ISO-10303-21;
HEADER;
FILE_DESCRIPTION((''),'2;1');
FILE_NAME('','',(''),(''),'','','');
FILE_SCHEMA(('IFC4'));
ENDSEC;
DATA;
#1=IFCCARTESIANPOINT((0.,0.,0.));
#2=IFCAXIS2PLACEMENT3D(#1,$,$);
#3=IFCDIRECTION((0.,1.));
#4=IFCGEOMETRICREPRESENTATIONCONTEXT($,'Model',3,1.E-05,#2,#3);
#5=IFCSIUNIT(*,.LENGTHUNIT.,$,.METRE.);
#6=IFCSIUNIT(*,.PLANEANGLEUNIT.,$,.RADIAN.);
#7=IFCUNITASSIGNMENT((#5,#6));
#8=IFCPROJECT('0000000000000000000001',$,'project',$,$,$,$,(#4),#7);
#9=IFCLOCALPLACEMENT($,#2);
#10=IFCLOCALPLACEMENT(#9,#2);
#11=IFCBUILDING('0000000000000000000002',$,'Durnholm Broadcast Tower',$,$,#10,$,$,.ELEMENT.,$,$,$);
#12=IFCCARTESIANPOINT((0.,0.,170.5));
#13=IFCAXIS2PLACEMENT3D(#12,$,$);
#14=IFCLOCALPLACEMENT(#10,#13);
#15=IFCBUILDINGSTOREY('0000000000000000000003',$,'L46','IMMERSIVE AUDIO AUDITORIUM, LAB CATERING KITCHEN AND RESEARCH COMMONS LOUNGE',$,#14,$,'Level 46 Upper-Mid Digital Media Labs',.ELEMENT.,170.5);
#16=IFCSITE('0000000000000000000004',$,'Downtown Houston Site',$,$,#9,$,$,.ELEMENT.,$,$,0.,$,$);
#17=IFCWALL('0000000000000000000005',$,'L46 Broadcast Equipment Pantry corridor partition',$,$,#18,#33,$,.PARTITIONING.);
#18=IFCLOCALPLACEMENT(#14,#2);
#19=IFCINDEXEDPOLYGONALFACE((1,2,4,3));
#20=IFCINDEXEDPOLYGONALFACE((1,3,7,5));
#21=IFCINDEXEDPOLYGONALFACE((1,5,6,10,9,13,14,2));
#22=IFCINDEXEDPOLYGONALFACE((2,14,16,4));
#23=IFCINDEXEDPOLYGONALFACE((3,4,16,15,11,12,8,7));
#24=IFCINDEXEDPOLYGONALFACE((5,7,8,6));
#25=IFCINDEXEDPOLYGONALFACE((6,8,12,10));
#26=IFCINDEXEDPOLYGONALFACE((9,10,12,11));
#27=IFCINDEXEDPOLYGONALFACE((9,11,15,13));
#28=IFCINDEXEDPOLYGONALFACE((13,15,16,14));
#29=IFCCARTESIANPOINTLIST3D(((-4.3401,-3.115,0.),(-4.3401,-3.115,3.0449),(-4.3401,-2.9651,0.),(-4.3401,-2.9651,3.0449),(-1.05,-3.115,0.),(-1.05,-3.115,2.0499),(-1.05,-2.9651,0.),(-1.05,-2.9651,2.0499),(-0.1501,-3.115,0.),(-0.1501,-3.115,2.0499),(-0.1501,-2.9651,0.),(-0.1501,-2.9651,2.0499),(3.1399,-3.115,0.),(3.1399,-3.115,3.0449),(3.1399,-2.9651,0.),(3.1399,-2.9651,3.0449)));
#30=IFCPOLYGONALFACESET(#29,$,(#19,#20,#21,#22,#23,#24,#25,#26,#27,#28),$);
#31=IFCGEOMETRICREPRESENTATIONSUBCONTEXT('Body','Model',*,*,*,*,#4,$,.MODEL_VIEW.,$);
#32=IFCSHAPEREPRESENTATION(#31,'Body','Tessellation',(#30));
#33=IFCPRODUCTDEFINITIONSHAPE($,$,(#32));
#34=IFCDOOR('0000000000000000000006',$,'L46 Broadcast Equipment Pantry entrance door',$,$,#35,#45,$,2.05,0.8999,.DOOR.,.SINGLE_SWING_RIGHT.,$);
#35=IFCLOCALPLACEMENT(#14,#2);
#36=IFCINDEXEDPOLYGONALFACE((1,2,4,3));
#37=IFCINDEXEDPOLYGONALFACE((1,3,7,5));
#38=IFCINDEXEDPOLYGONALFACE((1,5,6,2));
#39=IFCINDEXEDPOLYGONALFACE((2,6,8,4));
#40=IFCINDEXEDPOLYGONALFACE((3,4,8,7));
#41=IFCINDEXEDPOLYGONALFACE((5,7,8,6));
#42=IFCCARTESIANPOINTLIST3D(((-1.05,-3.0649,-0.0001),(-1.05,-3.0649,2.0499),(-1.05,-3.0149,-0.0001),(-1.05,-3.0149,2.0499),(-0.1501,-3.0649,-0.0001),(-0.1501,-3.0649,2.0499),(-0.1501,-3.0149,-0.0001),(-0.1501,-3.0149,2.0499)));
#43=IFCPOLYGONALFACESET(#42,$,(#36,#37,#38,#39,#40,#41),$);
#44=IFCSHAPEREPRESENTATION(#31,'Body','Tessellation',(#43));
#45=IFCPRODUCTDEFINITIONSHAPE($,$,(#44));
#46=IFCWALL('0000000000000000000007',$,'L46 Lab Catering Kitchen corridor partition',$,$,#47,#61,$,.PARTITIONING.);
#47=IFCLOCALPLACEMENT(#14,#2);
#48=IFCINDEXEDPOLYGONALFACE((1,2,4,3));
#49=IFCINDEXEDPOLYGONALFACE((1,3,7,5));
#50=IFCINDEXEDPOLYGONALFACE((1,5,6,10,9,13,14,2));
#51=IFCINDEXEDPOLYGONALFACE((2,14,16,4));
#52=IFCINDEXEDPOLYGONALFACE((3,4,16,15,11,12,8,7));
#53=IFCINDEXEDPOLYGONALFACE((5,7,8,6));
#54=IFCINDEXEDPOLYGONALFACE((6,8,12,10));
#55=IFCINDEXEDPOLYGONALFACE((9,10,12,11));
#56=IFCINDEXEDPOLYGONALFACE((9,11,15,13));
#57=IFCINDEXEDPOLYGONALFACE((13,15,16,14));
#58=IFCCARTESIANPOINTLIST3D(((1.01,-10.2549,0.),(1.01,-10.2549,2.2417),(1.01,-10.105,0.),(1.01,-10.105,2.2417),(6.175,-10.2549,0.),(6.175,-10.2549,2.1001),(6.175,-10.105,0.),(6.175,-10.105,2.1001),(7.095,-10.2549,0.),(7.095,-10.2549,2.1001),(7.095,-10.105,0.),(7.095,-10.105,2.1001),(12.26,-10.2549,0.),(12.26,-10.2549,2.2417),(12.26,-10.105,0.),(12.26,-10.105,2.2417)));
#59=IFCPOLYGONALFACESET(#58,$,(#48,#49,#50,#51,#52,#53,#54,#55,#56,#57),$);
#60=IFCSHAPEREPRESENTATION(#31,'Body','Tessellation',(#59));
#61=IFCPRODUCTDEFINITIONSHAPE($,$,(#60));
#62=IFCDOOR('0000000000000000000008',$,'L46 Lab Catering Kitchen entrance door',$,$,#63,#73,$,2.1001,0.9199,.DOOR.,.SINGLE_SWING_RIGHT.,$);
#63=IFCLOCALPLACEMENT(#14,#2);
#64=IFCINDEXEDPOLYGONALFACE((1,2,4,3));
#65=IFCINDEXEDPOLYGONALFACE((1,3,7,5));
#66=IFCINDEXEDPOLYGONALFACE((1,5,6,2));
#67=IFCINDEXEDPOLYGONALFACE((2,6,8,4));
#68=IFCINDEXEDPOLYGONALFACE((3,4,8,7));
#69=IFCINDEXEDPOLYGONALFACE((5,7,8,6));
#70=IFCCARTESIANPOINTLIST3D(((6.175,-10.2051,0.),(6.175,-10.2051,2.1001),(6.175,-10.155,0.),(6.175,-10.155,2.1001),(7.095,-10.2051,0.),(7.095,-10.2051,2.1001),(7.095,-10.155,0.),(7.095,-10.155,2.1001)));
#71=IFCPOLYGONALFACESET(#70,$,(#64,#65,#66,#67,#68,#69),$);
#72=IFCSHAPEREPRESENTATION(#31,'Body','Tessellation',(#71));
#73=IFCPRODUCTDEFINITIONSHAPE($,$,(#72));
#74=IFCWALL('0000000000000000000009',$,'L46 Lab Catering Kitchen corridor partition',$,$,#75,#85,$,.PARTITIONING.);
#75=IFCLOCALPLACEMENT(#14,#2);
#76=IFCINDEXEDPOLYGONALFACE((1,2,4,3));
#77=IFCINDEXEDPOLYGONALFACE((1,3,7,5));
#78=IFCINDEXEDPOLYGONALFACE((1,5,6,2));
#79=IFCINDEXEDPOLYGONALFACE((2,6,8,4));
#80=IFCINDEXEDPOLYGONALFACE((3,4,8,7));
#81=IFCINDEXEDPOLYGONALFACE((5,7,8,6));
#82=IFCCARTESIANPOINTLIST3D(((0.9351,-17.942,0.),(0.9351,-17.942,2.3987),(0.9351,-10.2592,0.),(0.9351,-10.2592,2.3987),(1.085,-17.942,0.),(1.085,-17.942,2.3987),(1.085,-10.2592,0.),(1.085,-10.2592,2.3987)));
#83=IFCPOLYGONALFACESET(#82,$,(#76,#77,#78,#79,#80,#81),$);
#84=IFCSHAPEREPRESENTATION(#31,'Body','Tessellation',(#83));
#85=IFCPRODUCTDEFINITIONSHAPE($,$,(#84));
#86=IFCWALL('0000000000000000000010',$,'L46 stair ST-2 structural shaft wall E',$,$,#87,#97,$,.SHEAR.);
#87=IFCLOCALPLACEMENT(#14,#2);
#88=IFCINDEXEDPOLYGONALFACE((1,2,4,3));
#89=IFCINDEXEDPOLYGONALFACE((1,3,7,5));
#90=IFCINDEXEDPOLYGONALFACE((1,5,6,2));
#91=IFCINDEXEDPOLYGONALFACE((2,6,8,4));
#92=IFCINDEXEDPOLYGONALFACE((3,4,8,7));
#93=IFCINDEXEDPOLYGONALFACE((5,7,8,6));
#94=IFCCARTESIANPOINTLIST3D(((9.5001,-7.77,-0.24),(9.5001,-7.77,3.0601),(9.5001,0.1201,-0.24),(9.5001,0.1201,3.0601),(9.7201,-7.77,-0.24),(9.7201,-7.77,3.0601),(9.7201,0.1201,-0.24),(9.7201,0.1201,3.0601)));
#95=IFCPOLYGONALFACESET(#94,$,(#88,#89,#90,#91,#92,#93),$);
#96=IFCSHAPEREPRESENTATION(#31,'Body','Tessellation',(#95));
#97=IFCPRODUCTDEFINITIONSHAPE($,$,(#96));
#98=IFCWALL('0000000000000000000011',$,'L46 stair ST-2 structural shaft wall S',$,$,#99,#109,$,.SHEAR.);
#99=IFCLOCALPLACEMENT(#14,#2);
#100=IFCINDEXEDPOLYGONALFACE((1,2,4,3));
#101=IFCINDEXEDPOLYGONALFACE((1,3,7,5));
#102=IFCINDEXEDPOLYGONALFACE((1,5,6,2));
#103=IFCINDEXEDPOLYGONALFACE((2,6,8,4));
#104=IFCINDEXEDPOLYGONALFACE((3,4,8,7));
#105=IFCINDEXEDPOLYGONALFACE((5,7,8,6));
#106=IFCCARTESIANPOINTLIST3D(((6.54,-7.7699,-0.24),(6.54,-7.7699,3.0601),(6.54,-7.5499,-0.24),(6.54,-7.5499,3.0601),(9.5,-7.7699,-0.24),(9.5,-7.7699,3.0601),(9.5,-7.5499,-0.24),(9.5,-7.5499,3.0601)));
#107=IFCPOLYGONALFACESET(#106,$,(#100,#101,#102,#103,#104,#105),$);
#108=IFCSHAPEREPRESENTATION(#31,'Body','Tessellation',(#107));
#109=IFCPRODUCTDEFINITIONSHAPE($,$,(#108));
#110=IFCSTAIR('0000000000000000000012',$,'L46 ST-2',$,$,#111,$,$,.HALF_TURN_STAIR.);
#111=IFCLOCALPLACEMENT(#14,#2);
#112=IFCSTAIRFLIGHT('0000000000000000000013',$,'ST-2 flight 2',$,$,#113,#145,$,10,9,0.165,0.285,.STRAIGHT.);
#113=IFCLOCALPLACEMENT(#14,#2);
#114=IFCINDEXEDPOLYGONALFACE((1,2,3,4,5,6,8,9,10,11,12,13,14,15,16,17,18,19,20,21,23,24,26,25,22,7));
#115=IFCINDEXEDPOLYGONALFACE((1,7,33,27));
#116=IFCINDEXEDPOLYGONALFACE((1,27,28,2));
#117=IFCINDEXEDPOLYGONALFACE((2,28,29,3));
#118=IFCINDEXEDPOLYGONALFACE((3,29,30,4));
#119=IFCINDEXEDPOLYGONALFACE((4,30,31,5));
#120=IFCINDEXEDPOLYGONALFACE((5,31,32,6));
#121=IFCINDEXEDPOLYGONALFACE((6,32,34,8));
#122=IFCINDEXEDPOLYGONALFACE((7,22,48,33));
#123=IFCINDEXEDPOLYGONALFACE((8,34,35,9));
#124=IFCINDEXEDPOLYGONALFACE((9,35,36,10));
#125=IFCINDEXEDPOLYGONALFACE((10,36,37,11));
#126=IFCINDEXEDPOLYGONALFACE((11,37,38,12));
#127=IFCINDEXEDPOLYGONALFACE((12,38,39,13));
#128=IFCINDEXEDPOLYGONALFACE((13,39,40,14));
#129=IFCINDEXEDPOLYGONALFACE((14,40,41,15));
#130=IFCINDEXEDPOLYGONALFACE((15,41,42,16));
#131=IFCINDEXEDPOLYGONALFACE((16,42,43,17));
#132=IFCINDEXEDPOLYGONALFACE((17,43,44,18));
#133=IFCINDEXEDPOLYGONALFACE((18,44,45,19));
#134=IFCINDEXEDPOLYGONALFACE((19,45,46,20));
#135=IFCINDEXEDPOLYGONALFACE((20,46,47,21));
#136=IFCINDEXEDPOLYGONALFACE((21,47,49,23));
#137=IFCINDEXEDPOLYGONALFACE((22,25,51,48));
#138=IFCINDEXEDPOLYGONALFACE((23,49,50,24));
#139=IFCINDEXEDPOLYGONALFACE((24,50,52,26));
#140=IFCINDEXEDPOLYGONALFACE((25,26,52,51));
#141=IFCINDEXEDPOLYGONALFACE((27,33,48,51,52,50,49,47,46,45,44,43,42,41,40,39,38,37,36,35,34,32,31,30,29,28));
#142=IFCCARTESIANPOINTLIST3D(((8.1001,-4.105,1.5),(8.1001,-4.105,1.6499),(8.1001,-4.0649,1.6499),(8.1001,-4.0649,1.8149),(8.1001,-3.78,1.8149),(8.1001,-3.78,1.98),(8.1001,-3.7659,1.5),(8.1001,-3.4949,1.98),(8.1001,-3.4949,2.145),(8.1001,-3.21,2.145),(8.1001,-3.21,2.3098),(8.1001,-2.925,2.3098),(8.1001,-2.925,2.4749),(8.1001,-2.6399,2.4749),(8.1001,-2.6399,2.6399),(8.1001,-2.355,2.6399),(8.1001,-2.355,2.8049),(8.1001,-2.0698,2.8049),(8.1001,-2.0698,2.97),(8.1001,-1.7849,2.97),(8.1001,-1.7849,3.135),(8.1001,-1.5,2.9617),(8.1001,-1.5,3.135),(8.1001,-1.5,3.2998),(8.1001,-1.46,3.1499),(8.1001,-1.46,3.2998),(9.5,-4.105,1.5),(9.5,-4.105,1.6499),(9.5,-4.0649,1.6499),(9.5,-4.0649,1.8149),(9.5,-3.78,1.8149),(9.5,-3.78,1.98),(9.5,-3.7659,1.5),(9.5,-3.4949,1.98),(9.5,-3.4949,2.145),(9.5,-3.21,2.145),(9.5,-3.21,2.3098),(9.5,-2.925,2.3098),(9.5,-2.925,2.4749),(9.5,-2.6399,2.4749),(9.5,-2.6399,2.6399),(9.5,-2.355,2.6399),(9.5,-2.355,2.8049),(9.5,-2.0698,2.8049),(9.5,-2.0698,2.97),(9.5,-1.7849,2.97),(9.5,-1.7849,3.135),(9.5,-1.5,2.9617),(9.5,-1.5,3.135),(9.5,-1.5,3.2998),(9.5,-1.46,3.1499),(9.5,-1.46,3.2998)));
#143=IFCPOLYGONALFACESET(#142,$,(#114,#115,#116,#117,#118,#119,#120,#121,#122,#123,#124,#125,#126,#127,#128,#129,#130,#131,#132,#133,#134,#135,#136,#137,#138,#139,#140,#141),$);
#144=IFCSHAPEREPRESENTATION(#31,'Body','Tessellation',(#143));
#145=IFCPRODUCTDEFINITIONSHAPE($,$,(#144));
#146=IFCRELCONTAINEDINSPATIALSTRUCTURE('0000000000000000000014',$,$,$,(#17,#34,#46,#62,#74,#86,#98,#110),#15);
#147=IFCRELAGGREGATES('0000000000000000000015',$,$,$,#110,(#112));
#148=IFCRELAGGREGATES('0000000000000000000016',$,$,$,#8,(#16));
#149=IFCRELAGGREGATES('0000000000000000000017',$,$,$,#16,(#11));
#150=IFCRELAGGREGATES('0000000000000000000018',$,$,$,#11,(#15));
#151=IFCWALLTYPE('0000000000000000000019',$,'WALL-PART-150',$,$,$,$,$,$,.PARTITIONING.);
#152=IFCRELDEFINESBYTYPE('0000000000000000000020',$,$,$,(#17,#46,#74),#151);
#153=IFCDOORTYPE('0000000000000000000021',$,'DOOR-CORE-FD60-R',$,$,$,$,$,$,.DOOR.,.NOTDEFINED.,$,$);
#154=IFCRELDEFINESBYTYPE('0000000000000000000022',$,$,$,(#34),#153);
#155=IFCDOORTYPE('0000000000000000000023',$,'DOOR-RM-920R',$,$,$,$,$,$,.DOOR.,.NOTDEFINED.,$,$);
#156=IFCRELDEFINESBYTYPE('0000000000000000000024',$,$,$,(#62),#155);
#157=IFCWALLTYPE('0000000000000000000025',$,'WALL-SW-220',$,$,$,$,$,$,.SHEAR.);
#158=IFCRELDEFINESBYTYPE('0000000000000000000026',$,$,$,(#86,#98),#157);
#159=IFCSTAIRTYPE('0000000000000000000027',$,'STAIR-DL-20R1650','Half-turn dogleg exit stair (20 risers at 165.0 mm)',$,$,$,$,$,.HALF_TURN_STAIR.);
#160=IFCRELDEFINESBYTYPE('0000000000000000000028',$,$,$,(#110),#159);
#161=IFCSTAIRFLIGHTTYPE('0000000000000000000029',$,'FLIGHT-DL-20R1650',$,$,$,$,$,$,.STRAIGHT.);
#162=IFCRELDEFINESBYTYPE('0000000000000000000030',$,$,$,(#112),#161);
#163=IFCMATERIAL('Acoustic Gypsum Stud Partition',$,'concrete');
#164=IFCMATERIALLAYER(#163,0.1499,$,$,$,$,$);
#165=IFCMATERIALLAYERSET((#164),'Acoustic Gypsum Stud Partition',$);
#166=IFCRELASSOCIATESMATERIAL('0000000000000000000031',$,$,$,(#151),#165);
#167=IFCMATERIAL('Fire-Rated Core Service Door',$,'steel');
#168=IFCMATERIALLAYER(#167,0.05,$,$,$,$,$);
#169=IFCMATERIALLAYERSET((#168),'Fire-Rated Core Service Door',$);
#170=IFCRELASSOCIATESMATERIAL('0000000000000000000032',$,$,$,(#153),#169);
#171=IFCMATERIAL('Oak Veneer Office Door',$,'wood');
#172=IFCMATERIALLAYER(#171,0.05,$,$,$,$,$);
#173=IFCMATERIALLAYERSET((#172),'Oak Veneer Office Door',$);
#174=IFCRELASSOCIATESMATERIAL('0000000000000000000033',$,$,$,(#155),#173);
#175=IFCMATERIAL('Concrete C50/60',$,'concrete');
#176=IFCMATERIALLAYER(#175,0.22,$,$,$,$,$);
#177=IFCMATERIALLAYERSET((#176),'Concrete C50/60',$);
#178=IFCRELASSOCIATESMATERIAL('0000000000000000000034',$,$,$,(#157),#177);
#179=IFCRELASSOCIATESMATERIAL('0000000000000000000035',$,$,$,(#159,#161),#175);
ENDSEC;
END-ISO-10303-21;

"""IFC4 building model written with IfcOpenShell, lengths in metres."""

from ifc_helpers import new_model, si_unit, direction, frame, frame_2d, origin, place, context, subcontext, project, spatial, polyline, rectangle, outline, extrude, source, transform, mapped, material, layer, layer_set, type_object, type_shapes, element, fill, aggregate, save


model = new_model("IFC4")

# Units and contexts
model_context = context("Model", 3, precision=1e-05, world=origin(), true_north=direction((0.0, 1.0)))
body_context = subcontext(model_context, "Body", "Model", "MODEL_VIEW")
ifc_project = project(units=[si_unit("LENGTHUNIT", "METRE"), si_unit("PLANEANGLEUNIT", "RADIAN")], contexts=[model_context])

# Site, building, storey
site_placement = place(None, origin())
site = spatial("IfcSite", under=ifc_project, at=site_placement, Name="Downtown Houston Site", CompositionType="ELEMENT", RefElevation=0.0)
building_placement = place(site_placement, origin())
building = spatial("IfcBuilding", under=site, at=building_placement, Name="Durnholm Broadcast Tower", CompositionType="ELEMENT")
storey_placement = place(building_placement, frame((0.0, 0.0, 170.5)))
storey = spatial("IfcBuildingStorey", under=building, at=storey_placement, Name="L46", Description="IMMERSIVE AUDIO AUDITORIUM, LAB CATERING KITCHEN AND RESEARCH COMMONS LOUNGE", LongName="Level 46 Upper-Mid Digital Media Labs", CompositionType="ELEMENT", Elevation=170.5)

# Walls, openings, doors
ifc_material_1 = material(Name="Acoustic Gypsum Stud Partition", Category="concrete")
ifc_layer_1 = layer(ifc_material_1, 0.1499)
ifc_layer_set_1 = layer_set([ifc_layer_1], Name="Acoustic Gypsum Stud Partition")
wall_type_1 = type_object("IfcWallType", Name="WALL-PART-150", PredefinedType="PARTITIONING", material=ifc_layer_set_1)
ifc_material_2 = material(Name="Fire-Rated Core Service Door", Category="steel")
wall_1_placement = place(storey_placement, frame((3.1399, -3.04, 0.0), z_axis=(0.0, 0.0, 1.0), x_axis=(-1.0, 0.0, 0.0)))
wall_1 = element("IfcWall", 1, at=wall_1_placement, inside=storey, type_object=wall_type_1, Name="L46 Broadcast Equipment Pantry corridor partition", PredefinedType="PARTITIONING", context=body_context, shape_type="SweptSolid", body=[
    extrude(rectangle(XDim=7.48, YDim=0.1499, at=frame_2d((3.74, 0.0))), origin(), (0.0, 0.0, 1.0), 3.0449),
])
opening_1_placement = place(wall_1_placement, frame((3.29, 0.0, 0.0)))
opening_1 = element("IfcOpeningElement", 2, at=opening_1_placement, cuts=wall_1, PredefinedType="OPENING", context=body_context, shape_type="SweptSolid", body=[
    extrude(rectangle(XDim=0.8999, YDim=2.05, at=frame_2d((0.45, 1.0249))), frame((0.0, 0.085, 0.0), z_axis=(0.0, -1.0, 0.0), x_axis=(1.0, 0.0, 0.0)), (0.0, 0.0, 1.0), 0.1699),
])
ifc_layer_2 = layer(ifc_material_2, 0.05)
ifc_layer_set_2 = layer_set([ifc_layer_2], Name="Fire-Rated Core Service Door")
door_type_1 = type_object("IfcDoorType", Name="DOOR-CORE-FD60-R", OperationType="NOTDEFINED", PredefinedType="DOOR", material=ifc_layer_set_2)
shared_shape_1 = source(origin(), body_context, "Body", "SweptSolid", [
    extrude(rectangle(XDim=0.8999, YDim=2.05, at=frame_2d((0.45, 1.0249))), frame((0.0, 0.0249, 0.0), z_axis=(0.0, -1.0, 0.0), x_axis=(1.0, 0.0, 0.0)), (0.0, 0.0, 1.0), 0.05),
])
type_shapes(door_type_1, [shared_shape_1])
door_1_placement = place(opening_1_placement, origin())
door_1 = element("IfcDoor", 3, at=door_1_placement, inside=storey, type_object=door_type_1, Name="L46 Broadcast Equipment Pantry entrance door", OperationType="SINGLE_SWING_RIGHT", OverallHeight=2.05, OverallWidth=0.8999, PredefinedType="DOOR", context=body_context, shape_type="MappedRepresentation", body=[
    mapped(shared_shape_1, transform((0.0, 0.0, 0.0), x_axis=(1.0, 0.0, 0.0), y_axis=(0.0, 1.0, 0.0), z_axis=(0.0, 0.0, 1.0), scale=1.0)),
])
fill(opening_1, door_1)
wall_2_placement = place(storey_placement, frame((1.01, -10.1799, 0.0), z_axis=(0.0, 0.0, 1.0), x_axis=(1.0, 0.0, 0.0)))
wall_2 = element("IfcWall", 4, at=wall_2_placement, inside=storey, type_object=wall_type_1, Name="L46 Lab Catering Kitchen corridor partition", PredefinedType="PARTITIONING", context=body_context, shape_type="SweptSolid", body=[
    extrude(rectangle(XDim=11.25, YDim=0.1499, at=frame_2d((5.625, 0.0))), origin(), (0.0, 0.0, 1.0), 2.2417),
])
opening_2_placement = place(wall_2_placement, frame((5.165, 0.0, 0.0)))
opening_2 = element("IfcOpeningElement", 5, at=opening_2_placement, cuts=wall_2, PredefinedType="OPENING", context=body_context, shape_type="SweptSolid", body=[
    extrude(rectangle(XDim=0.9199, YDim=2.1001, at=frame_2d((0.46, 1.05))), frame((0.0, 0.085, 0.0), z_axis=(0.0, -1.0, 0.0), x_axis=(1.0, 0.0, 0.0)), (0.0, 0.0, 1.0), 0.1699),
])
ifc_material_3 = material(Name="Oak Veneer Office Door", Category="wood")
ifc_layer_3 = layer(ifc_material_3, 0.05)
ifc_layer_set_3 = layer_set([ifc_layer_3], Name="Oak Veneer Office Door")
door_type_2 = type_object("IfcDoorType", Name="DOOR-RM-920R", OperationType="NOTDEFINED", PredefinedType="DOOR", material=ifc_layer_set_3)
shared_shape_2 = source(origin(), body_context, "Body", "SweptSolid", [
    extrude(rectangle(XDim=0.9199, YDim=2.1001, at=frame_2d((0.46, 1.05))), frame((0.0, 0.0249, 0.0), z_axis=(0.0, -1.0, 0.0), x_axis=(1.0, 0.0, 0.0)), (0.0, 0.0, 1.0), 0.05),
])
type_shapes(door_type_2, [shared_shape_2])
door_2_placement = place(opening_2_placement, origin())
door_2 = element("IfcDoor", 6, at=door_2_placement, inside=storey, type_object=door_type_2, Name="L46 Lab Catering Kitchen entrance door", OperationType="SINGLE_SWING_RIGHT", OverallHeight=2.1001, OverallWidth=0.9199, PredefinedType="DOOR", context=body_context, shape_type="MappedRepresentation", body=[
    mapped(shared_shape_2, transform((0.0, 0.0, 0.0), x_axis=(1.0, 0.0, 0.0), y_axis=(0.0, 1.0, 0.0), z_axis=(0.0, 0.0, 1.0), scale=1.0)),
])
fill(opening_2, door_2)

# Walls
wall_3_placement = place(storey_placement, frame((1.01, -17.9419, 0.0), z_axis=(0.0, 0.0, 1.0), x_axis=(0.0, 1.0, 0.0)))
element("IfcWall", 7, at=wall_3_placement, inside=storey, type_object=wall_type_1, Name="L46 Lab Catering Kitchen corridor partition", PredefinedType="PARTITIONING", context=body_context, shape_type="SweptSolid", body=[
    extrude(rectangle(XDim=7.6829, YDim=0.1499, at=frame_2d((3.8413, 0.0))), origin(), (0.0, 0.0, 1.0), 2.3987),
])
ifc_material_4 = material(Name="Concrete C50/60", Category="concrete")
ifc_layer_4 = layer(ifc_material_4, 0.22)
ifc_layer_set_4 = layer_set([ifc_layer_4], Name="Concrete C50/60")
wall_type_2 = type_object("IfcWallType", Name="WALL-SW-220", PredefinedType="SHEAR", material=ifc_layer_set_4)
wall_4_placement = place(storey_placement, frame((9.6101, -7.77, -0.24), z_axis=(0.0, 0.0, 1.0), x_axis=(0.0, 1.0, 0.0)))
element("IfcWall", 8, at=wall_4_placement, inside=storey, type_object=wall_type_2, Name="L46 stair ST-2 structural shaft wall E", PredefinedType="SHEAR", context=body_context, shape_type="SweptSolid", body=[
    extrude(rectangle(XDim=7.8901, YDim=0.22, at=frame_2d((3.9451, 0.0))), origin(), (0.0, 0.0, 1.0), 3.3),
])
wall_5_placement = place(storey_placement, frame((6.54, -7.6599, -0.24), z_axis=(0.0, 0.0, 1.0), x_axis=(1.0, 0.0, 0.0)))
element("IfcWall", 9, at=wall_5_placement, inside=storey, type_object=wall_type_2, Name="L46 stair ST-2 structural shaft wall S", PredefinedType="SHEAR", context=body_context, shape_type="SweptSolid", body=[
    extrude(rectangle(XDim=2.96, YDim=0.22, at=frame_2d((1.48, 0.0))), origin(), (0.0, 0.0, 1.0), 3.3),
])

# Stair, stair flight
stair_type = type_object("IfcStairType", Name="STAIR-DL-20R1650", Description="Half-turn dogleg exit stair (20 risers at 165.0 mm)", PredefinedType="HALF_TURN_STAIR", material=ifc_material_4)
stair_placement = place(storey_placement, origin())
stair = element("IfcStair", 10, at=stair_placement, inside=storey, type_object=stair_type, Name="L46 ST-2", PredefinedType="HALF_TURN_STAIR")
stair_flight_type = type_object("IfcStairFlightType", Name="FLIGHT-DL-20R1650", PredefinedType="STRAIGHT", material=ifc_material_4)
stair_flight_placement = place(storey_placement, frame((8.8, -4.0649, 1.6499), z_axis=(0.0, 0.0, 1.0), x_axis=(0.0, 1.0, 0.0)))
stair_flight = element("IfcStairFlight", 11, at=stair_flight_placement, type_object=stair_flight_type, Name="ST-2 flight 2", NumberOfRisers=10, NumberOfTreads=9, PredefinedType="STRAIGHT", RiserHeight=0.165, TreadLength=0.285, context=body_context, shape_type="SweptSolid", body=[
    extrude(outline(polyline([(-0.04, -0.1499), (-0.04, 0.0), (0.0, 0.0), (0.0, 0.165), (0.2849, 0.165), (0.2849, 0.3301), (0.5701, 0.3301), (0.5701, 0.4951), (0.855, 0.4951), (0.855, 0.6599), (1.1399, 0.6599), (1.1399, 0.825), (1.425, 0.825), (1.425, 0.99), (1.71, 0.99), (1.71, 1.155), (1.9951, 1.155), (1.9951, 1.3201), (2.28, 1.3201), (2.28, 1.4851), (2.5649, 1.4851), (2.5649, 1.6499), (2.605, 1.6499), (2.605, 1.5), (2.5649, 1.3118), (0.2991, -0.1499), (-0.04, -0.1499)])), frame((0.0, 0.7, 0.0), z_axis=(0.0, -1.0, 0.0), x_axis=(1.0, 0.0, 0.0)), (0.0, 0.0, 1.0), 1.3999),
])
aggregate(stair, [stair_flight])

save(model, "model.ifc")
